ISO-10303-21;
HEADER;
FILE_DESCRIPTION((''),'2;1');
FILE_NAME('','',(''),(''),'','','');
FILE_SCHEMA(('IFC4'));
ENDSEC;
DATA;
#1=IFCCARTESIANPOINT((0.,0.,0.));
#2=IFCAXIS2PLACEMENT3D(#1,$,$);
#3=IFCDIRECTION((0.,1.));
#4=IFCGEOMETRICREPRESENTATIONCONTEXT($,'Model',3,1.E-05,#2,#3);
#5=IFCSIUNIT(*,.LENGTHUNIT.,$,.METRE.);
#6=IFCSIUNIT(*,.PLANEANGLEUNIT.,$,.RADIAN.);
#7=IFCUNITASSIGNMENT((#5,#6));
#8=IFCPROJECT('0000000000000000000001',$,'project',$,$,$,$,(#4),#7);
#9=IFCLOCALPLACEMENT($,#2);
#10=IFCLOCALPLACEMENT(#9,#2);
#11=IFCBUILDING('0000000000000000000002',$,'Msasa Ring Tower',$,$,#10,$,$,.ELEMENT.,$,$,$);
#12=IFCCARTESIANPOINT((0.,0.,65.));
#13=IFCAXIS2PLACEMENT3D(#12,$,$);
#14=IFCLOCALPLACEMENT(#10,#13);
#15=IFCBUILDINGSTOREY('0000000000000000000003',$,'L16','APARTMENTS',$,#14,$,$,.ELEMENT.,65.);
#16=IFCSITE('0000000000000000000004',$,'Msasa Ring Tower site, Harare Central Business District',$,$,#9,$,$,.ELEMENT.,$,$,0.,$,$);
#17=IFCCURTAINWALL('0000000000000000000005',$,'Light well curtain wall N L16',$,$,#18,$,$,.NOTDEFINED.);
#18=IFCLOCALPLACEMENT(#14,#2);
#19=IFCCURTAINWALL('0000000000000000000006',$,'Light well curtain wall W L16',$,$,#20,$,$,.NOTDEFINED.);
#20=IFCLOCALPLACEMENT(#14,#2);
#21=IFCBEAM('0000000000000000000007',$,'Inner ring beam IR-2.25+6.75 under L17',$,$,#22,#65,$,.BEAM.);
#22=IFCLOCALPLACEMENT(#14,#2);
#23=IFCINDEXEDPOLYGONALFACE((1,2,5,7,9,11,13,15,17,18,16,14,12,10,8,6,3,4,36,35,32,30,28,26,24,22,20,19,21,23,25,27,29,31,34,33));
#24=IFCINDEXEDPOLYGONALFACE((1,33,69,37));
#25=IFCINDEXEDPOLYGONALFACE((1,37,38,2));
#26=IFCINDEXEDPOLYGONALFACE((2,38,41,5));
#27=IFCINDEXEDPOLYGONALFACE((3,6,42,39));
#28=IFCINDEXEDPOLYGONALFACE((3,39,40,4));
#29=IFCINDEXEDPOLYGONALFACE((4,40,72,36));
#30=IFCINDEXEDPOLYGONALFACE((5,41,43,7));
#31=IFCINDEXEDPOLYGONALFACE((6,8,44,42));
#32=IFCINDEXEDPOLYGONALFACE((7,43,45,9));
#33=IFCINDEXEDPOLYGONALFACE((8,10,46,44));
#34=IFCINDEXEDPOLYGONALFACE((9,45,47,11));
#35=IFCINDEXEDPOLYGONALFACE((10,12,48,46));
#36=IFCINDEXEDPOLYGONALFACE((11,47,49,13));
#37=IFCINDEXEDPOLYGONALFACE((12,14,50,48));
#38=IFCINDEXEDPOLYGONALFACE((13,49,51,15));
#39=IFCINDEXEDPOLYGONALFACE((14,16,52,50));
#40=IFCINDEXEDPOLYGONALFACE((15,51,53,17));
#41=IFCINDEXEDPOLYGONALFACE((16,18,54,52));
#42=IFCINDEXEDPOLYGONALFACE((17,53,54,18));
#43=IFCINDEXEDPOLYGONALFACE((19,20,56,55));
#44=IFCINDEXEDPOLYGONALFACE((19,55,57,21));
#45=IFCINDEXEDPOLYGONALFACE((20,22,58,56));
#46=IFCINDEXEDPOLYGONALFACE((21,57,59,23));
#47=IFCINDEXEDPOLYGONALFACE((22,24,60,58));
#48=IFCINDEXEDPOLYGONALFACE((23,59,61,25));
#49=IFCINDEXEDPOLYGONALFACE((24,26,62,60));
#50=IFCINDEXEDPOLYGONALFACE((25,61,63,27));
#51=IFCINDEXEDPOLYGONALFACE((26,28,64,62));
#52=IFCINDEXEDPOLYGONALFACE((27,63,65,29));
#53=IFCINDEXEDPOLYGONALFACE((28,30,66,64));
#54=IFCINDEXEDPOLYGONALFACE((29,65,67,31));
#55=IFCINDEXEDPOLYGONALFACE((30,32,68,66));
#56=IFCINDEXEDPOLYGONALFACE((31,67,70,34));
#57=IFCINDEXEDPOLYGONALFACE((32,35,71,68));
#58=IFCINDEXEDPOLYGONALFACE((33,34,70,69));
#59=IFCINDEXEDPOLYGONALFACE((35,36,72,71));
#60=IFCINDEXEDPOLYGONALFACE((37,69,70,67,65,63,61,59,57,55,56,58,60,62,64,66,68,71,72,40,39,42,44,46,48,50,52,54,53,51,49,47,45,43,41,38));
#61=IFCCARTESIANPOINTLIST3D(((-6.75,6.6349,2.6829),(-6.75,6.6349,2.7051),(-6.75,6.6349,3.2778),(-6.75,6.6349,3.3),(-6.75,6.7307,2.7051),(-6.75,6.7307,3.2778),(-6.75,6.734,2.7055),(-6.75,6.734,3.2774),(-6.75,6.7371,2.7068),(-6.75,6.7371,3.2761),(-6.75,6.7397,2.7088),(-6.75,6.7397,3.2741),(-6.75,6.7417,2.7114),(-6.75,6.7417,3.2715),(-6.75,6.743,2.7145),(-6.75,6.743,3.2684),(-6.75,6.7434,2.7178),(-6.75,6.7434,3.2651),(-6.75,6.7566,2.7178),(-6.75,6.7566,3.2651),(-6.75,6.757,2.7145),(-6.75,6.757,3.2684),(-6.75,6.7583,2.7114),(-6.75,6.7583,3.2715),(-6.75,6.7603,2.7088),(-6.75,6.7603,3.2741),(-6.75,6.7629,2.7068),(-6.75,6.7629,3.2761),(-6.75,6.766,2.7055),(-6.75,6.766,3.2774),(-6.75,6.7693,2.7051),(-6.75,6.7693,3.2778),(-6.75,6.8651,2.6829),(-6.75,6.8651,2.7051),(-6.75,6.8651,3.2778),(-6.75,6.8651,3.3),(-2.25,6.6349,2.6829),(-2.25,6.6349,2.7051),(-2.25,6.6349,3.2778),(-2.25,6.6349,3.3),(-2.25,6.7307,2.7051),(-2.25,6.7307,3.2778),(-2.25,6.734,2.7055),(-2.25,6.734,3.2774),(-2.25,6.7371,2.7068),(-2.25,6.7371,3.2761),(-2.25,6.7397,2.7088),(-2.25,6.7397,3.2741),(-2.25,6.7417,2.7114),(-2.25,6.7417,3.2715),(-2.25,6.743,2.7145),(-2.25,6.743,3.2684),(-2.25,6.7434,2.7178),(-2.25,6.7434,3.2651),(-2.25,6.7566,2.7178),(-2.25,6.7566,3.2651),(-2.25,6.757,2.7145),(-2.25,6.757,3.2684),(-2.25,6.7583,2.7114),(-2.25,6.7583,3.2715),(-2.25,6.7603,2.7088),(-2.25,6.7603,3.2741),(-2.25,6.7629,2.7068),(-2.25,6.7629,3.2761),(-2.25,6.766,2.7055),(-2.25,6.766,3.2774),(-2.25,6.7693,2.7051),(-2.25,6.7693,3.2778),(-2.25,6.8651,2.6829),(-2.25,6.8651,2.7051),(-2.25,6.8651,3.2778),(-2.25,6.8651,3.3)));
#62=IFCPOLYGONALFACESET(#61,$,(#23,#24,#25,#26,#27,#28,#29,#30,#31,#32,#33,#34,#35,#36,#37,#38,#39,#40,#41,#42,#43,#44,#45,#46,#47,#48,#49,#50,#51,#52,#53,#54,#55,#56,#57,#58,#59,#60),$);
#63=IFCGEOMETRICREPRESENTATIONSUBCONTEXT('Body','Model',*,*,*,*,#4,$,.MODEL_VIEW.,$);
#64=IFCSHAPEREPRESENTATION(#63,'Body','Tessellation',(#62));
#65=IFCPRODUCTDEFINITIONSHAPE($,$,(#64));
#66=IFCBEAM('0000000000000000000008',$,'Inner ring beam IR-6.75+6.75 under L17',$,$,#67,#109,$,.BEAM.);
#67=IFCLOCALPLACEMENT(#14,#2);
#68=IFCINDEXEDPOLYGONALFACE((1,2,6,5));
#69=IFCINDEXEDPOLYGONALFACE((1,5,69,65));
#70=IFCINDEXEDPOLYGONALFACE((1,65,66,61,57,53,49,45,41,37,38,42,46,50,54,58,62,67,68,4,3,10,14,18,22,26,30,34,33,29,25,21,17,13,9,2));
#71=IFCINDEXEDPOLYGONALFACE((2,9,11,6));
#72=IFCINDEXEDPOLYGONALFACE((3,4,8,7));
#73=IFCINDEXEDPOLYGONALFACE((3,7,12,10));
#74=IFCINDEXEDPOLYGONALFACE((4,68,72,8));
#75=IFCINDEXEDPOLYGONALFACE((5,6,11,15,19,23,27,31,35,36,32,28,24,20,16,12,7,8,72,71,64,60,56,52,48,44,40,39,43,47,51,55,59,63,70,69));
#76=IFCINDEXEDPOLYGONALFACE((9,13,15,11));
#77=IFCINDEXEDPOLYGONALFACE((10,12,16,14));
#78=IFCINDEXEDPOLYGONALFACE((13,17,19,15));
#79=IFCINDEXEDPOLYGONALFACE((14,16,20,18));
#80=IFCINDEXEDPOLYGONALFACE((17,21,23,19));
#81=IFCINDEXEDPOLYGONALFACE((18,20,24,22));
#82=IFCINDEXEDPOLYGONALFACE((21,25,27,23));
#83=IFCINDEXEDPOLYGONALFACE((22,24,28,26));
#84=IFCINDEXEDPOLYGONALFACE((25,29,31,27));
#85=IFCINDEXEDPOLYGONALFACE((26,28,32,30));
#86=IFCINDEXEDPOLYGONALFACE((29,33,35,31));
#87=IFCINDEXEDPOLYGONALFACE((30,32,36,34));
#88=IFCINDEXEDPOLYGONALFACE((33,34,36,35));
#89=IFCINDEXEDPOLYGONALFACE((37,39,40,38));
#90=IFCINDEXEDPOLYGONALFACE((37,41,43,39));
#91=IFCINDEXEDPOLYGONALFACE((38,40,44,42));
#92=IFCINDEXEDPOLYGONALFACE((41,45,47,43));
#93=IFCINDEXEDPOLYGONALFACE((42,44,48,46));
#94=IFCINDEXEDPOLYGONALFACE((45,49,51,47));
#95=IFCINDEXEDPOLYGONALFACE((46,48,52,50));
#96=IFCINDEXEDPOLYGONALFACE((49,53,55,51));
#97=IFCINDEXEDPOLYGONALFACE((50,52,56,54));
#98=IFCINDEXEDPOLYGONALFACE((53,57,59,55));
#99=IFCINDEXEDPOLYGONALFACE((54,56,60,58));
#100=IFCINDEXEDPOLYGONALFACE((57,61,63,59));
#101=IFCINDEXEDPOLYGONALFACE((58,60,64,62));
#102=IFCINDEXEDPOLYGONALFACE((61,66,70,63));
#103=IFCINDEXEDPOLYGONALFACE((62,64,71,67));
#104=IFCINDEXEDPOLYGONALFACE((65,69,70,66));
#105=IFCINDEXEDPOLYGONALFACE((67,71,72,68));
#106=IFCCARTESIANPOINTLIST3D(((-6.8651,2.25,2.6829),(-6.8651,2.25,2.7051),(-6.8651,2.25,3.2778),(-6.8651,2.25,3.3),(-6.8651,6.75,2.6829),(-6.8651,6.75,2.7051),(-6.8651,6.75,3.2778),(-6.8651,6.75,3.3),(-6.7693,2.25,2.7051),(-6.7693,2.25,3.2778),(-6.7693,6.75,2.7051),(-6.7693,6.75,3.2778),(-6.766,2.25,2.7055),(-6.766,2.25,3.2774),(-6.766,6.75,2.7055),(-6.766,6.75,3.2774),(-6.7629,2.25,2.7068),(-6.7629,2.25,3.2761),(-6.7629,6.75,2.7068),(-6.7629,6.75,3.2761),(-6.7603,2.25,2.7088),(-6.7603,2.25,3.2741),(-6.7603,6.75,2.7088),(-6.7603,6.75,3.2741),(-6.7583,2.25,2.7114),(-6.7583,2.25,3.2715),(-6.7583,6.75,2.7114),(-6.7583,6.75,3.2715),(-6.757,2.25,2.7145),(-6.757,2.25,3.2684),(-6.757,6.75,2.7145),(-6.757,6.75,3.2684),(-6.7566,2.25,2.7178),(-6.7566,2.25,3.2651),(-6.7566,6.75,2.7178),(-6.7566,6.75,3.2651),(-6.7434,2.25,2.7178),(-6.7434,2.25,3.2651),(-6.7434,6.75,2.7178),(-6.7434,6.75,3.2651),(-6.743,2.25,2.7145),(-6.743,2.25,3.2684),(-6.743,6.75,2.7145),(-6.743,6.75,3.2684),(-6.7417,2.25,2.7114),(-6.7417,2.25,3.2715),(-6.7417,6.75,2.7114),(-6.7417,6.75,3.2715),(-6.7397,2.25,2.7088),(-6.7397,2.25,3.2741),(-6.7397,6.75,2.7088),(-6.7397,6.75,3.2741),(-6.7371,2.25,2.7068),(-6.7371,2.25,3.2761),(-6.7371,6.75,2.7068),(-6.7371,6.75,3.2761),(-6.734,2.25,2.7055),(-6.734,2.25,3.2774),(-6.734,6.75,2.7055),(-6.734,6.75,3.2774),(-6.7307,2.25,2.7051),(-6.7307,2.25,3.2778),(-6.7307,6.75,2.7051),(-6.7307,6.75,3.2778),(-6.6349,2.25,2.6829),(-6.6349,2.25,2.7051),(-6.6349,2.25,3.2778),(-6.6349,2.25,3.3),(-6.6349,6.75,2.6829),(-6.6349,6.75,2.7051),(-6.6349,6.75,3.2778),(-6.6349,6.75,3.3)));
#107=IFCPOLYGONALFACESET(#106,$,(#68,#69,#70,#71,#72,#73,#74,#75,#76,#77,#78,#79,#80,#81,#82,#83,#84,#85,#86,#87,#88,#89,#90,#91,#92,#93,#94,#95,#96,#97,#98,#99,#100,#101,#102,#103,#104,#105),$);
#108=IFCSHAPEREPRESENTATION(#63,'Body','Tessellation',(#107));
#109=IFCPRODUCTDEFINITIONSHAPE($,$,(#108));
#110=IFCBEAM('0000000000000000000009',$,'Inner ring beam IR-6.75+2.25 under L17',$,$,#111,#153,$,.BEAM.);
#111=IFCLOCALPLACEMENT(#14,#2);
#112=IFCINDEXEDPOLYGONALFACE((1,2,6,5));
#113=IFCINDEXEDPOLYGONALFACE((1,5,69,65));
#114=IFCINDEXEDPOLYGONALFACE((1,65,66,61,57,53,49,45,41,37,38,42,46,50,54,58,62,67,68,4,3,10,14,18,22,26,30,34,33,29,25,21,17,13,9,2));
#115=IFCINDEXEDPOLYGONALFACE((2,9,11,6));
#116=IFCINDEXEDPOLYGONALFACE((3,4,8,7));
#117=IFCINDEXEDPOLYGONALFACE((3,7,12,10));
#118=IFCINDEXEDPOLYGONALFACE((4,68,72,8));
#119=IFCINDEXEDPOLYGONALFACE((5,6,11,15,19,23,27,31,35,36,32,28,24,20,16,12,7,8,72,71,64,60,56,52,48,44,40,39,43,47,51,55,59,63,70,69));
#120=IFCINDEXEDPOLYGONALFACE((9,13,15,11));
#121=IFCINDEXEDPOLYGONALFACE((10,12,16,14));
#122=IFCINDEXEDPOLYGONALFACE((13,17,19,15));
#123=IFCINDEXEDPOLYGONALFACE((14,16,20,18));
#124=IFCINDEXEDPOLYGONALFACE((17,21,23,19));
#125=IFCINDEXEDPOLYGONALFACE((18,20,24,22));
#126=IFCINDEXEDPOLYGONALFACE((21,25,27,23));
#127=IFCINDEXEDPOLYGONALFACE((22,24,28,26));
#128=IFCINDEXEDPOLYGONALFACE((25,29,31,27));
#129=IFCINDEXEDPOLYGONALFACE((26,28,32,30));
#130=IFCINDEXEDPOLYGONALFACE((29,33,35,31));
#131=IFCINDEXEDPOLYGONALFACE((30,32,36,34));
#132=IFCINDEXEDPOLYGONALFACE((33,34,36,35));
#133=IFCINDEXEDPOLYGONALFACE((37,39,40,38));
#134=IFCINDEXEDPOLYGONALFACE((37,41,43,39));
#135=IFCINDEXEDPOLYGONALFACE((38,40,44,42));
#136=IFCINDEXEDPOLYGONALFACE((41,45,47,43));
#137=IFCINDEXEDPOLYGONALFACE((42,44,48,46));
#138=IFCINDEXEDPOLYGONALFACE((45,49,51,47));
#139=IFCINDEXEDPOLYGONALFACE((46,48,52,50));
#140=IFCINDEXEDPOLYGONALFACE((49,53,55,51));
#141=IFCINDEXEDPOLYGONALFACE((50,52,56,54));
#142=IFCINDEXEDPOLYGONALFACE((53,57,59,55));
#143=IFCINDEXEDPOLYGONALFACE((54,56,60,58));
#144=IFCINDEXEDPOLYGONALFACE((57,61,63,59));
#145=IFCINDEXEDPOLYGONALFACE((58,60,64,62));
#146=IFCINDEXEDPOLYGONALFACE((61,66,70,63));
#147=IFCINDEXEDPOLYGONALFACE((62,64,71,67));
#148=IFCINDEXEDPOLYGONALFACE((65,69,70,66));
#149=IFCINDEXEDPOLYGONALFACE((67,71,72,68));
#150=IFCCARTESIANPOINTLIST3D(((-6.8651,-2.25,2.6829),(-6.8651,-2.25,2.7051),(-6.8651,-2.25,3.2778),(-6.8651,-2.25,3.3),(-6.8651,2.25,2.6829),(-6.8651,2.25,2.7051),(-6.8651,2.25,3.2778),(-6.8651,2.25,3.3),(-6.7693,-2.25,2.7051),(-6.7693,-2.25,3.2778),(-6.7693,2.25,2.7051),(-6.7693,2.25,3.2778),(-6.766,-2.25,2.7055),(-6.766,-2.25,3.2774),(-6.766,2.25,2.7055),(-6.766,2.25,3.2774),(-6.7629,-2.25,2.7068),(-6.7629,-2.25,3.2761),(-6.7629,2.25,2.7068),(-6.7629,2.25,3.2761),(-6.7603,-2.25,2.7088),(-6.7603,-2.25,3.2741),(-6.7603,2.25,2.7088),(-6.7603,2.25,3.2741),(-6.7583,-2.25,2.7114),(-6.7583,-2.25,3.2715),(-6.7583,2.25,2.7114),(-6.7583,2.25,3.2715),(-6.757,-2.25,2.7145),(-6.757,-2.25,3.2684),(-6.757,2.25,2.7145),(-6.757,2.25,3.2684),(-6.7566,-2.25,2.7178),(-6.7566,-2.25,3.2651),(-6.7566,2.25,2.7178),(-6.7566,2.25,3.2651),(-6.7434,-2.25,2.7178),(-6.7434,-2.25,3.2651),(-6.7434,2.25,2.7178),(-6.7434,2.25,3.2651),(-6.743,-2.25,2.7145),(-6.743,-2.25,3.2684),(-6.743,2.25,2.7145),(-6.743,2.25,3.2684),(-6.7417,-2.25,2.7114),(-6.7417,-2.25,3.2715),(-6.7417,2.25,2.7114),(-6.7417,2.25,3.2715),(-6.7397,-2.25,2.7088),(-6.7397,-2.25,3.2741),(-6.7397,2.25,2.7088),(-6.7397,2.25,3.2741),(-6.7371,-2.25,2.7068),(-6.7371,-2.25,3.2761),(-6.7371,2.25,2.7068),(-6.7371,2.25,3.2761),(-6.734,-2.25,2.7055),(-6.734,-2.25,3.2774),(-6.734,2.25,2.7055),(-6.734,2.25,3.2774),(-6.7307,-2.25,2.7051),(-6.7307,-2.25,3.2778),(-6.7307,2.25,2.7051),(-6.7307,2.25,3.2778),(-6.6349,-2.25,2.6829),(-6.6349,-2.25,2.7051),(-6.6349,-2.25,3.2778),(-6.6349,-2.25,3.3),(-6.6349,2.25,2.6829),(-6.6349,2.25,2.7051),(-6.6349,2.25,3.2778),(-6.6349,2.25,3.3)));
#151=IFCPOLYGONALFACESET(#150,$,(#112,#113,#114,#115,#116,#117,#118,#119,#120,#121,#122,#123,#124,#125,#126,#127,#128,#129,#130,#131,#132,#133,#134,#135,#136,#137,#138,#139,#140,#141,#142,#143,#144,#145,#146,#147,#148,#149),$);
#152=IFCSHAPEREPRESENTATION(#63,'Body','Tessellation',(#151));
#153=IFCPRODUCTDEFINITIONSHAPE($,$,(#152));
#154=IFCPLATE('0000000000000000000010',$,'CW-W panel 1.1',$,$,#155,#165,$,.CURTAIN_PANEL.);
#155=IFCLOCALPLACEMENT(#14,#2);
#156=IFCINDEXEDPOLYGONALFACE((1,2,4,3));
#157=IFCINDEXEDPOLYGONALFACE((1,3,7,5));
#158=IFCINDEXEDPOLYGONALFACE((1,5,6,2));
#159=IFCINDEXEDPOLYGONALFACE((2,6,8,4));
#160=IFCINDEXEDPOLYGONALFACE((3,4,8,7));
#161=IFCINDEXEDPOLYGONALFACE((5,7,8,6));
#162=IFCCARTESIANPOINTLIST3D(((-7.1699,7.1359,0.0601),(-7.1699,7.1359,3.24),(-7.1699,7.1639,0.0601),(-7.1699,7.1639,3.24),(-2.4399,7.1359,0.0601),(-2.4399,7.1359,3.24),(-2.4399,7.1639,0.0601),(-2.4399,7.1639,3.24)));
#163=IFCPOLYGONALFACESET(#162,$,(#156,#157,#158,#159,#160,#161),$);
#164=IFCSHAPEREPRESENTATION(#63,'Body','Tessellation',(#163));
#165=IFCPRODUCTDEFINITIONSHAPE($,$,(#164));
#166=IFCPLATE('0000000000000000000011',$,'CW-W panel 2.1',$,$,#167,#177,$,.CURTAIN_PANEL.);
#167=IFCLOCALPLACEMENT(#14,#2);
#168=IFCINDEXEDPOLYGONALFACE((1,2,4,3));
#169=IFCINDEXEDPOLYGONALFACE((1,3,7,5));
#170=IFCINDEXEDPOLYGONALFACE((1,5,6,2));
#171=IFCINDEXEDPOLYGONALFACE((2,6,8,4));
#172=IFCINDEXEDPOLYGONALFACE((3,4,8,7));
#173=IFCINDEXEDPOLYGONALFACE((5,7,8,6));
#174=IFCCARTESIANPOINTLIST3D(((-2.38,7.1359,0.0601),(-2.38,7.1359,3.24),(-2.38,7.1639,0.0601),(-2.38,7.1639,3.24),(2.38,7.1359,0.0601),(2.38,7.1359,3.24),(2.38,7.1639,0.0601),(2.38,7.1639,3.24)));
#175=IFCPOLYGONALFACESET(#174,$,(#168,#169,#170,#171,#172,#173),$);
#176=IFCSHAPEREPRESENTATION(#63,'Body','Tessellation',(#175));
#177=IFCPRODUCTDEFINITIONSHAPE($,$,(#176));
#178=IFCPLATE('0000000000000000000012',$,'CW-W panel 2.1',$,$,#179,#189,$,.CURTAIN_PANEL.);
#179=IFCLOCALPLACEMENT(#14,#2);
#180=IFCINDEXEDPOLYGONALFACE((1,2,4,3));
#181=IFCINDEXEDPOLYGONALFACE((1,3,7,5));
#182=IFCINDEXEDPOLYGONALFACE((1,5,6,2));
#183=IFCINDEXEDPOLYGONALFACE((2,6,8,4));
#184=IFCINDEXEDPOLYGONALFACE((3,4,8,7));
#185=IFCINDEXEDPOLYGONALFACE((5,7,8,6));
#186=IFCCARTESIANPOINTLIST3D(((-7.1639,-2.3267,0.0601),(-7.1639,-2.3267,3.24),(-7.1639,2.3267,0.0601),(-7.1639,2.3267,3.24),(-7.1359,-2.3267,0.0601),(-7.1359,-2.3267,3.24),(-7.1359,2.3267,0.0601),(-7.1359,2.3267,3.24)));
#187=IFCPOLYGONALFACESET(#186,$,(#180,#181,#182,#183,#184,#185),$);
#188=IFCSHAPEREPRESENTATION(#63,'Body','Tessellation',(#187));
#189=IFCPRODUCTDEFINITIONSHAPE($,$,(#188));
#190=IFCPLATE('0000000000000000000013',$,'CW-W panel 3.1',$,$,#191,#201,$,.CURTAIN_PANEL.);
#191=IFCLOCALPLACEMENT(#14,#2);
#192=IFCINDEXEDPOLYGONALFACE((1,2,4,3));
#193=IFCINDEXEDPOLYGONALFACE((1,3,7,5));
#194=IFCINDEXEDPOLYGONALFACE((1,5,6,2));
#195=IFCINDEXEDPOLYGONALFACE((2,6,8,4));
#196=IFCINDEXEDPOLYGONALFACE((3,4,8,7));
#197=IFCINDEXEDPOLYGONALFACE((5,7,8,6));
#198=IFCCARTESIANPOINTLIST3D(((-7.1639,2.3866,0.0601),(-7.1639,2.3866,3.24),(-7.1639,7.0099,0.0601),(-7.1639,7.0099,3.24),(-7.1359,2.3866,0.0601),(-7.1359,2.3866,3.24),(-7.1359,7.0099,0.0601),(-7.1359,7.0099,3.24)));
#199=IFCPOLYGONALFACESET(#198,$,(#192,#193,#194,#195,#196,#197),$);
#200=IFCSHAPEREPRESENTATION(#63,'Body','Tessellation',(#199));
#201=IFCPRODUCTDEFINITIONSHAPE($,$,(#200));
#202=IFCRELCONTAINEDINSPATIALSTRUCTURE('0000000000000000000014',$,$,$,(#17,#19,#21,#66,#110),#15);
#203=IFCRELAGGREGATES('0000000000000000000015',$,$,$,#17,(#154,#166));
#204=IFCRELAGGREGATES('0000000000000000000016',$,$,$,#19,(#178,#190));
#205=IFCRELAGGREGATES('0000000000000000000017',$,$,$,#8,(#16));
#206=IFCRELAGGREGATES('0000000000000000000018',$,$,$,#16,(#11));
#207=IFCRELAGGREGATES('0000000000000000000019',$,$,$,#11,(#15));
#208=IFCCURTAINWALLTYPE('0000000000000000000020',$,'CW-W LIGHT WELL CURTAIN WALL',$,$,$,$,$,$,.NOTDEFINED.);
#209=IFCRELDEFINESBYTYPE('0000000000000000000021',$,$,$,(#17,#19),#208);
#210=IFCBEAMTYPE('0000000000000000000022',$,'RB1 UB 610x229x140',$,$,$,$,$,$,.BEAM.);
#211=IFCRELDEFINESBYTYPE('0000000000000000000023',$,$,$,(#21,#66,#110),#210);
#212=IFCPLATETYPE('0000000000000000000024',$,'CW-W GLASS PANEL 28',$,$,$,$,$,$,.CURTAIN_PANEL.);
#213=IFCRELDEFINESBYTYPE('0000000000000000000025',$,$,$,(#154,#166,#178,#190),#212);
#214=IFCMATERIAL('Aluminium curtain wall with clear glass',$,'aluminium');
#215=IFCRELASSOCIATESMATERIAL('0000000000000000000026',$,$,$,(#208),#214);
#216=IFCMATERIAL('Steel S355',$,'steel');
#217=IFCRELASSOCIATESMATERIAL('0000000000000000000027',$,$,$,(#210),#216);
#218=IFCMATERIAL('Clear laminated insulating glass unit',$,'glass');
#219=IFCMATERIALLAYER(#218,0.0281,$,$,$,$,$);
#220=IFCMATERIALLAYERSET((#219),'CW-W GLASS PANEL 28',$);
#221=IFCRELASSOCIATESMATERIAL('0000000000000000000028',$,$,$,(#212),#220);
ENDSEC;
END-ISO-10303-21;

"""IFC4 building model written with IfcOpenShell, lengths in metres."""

from ifc_helpers import new_model, si_unit, direction, frame, origin, origin_2d, place, context, subcontext, project, spatial, rectangle, i_section, extrude, material, layer, layer_set, material_profile, profile_set, type_object, element, aggregate, save


model = new_model("IFC4")

# Units and contexts
model_context = context("Model", 3, precision=1e-05, world=origin(), true_north=direction((0.0, 1.0)))
body_context = subcontext(model_context, "Body", "Model", "MODEL_VIEW")
ifc_project = project(units=[si_unit("LENGTHUNIT", "METRE"), si_unit("PLANEANGLEUNIT", "RADIAN")], contexts=[model_context])

# Site, building, storey
site_placement = place(None, origin())
site = spatial("IfcSite", under=ifc_project, at=site_placement, Name="Msasa Ring Tower site, Harare Central Business District", CompositionType="ELEMENT", RefElevation=0.0)
building_placement = place(site_placement, origin())
building = spatial("IfcBuilding", under=site, at=building_placement, Name="Msasa Ring Tower", CompositionType="ELEMENT")
storey_placement = place(building_placement, frame((0.0, 0.0, 65.0)))
storey = spatial("IfcBuildingStorey", under=building, at=storey_placement, Name="L16", Description="APARTMENTS", CompositionType="ELEMENT", Elevation=65.0)

# Curtain walls
ifc_material_1 = material(Name="Aluminium curtain wall with clear glass", Category="aluminium")
curtain_wall_type = type_object("IfcCurtainWallType", Name="CW-W LIGHT WELL CURTAIN WALL", PredefinedType="NOTDEFINED", material=ifc_material_1)
curtain_wall_1_placement = place(storey_placement, origin())
curtain_wall_1 = element("IfcCurtainWall", 1, at=curtain_wall_1_placement, inside=storey, type_object=curtain_wall_type, Name="Light well curtain wall N L16", PredefinedType="NOTDEFINED")
curtain_wall_2_placement = place(storey_placement, origin())
curtain_wall_2 = element("IfcCurtainWall", 2, at=curtain_wall_2_placement, inside=storey, type_object=curtain_wall_type, Name="Light well curtain wall W L16", PredefinedType="NOTDEFINED")

# Beams
ifc_material_2 = material(Name="Steel S355", Category="steel")
ifc_material_profile_1 = material_profile(ifc_material_2, i_section(OverallWidth=0.2302, OverallDepth=0.6172, WebThickness=0.0132, FlangeThickness=0.0222, FilletRadius=0.0127, at=origin_2d()), Name="UB 610x229x140")
ifc_profile_set_1 = profile_set([ifc_material_profile_1], Name="Steel S355")
beam_type = type_object("IfcBeamType", Name="RB1 UB 610x229x140", PredefinedType="BEAM", material=ifc_profile_set_1)
for number, where, z_axis, x_axis, name in (
    (3, (-2.25, 6.75, 2.9915), (-1.0, 0.0, 0.0), (0.0, -1.0, 0.0), "Inner ring beam IR-2.25+6.75 under L17"),
    (4, (-6.75, 6.75, 2.9915), (0.0, -1.0, 0.0), (1.0, 0.0, 0.0), "Inner ring beam IR-6.75+6.75 under L17"),
    (5, (-6.75, 2.25, 2.9915), (0.0, -1.0, 0.0), (1.0, 0.0, 0.0), "Inner ring beam IR-6.75+2.25 under L17"),
):
    element("IfcBeam", number, at=place(storey_placement, frame(where, z_axis=z_axis, x_axis=x_axis)), inside=storey, type_object=beam_type, Name=name, PredefinedType="BEAM", context=body_context, shape_type="SweptSolid", body=[
        extrude(i_section(OverallWidth=0.2302, OverallDepth=0.6172, WebThickness=0.0132, FlangeThickness=0.0222, FilletRadius=0.0127, at=origin_2d()), origin(), (0.0, 0.0, 1.0), 4.5),
    ])

# Plates
ifc_material_3 = material(Name="Clear laminated insulating glass unit", Category="glass")
ifc_layer_1 = layer(ifc_material_3, 0.0281)
ifc_layer_set_1 = layer_set([ifc_layer_1], Name="CW-W GLASS PANEL 28")
plate_type = type_object("IfcPlateType", Name="CW-W GLASS PANEL 28", PredefinedType="CURTAIN_PANEL", material=ifc_layer_set_1)
plate_1_placement = place(storey_placement, frame((-4.8049, 7.1499, 0.0601), z_axis=(0.0, 0.0, 1.0), x_axis=(1.0, 0.0, 0.0)))
plate_1 = element("IfcPlate", 6, at=plate_1_placement, type_object=plate_type, Name="CW-W panel 1.1", PredefinedType="CURTAIN_PANEL", context=body_context, shape_type="SweptSolid", body=[
    extrude(rectangle(XDim=4.73, YDim=0.0281, at=origin_2d()), origin(), (0.0, 0.0, 1.0), 3.1799),
])
plate_2_placement = place(storey_placement, frame((0.0, 7.1499, 0.0601), z_axis=(0.0, 0.0, 1.0), x_axis=(1.0, 0.0, 0.0)))
plate_2 = element("IfcPlate", 7, at=plate_2_placement, type_object=plate_type, Name="CW-W panel 2.1", PredefinedType="CURTAIN_PANEL", context=body_context, shape_type="SweptSolid", body=[
    extrude(rectangle(XDim=4.76, YDim=0.0281, at=origin_2d()), origin(), (0.0, 0.0, 1.0), 3.1799),
])
aggregate(curtain_wall_1, [plate_1, plate_2])
plate_3_placement = place(storey_placement, frame((-7.1499, 0.0, 0.0601), z_axis=(0.0, 0.0, 1.0), x_axis=(0.0, 1.0, 0.0)))
plate_3 = element("IfcPlate", 8, at=plate_3_placement, type_object=plate_type, Name="CW-W panel 2.1", PredefinedType="CURTAIN_PANEL", context=body_context, shape_type="SweptSolid", body=[
    extrude(rectangle(XDim=4.6533, YDim=0.0281, at=origin_2d()), origin(), (0.0, 0.0, 1.0), 3.1799),
])
plate_4_placement = place(storey_placement, frame((-7.1499, 4.6982, 0.0601), z_axis=(0.0, 0.0, 1.0), x_axis=(0.0, 1.0, 0.0)))
plate_4 = element("IfcPlate", 9, at=plate_4_placement, type_object=plate_type, Name="CW-W panel 3.1", PredefinedType="CURTAIN_PANEL", context=body_context, shape_type="SweptSolid", body=[
    extrude(rectangle(XDim=4.6233, YDim=0.0281, at=origin_2d()), origin(), (0.0, 0.0, 1.0), 3.1799),
])
aggregate(curtain_wall_2, [plate_3, plate_4])

save(model, "model.ifc")
